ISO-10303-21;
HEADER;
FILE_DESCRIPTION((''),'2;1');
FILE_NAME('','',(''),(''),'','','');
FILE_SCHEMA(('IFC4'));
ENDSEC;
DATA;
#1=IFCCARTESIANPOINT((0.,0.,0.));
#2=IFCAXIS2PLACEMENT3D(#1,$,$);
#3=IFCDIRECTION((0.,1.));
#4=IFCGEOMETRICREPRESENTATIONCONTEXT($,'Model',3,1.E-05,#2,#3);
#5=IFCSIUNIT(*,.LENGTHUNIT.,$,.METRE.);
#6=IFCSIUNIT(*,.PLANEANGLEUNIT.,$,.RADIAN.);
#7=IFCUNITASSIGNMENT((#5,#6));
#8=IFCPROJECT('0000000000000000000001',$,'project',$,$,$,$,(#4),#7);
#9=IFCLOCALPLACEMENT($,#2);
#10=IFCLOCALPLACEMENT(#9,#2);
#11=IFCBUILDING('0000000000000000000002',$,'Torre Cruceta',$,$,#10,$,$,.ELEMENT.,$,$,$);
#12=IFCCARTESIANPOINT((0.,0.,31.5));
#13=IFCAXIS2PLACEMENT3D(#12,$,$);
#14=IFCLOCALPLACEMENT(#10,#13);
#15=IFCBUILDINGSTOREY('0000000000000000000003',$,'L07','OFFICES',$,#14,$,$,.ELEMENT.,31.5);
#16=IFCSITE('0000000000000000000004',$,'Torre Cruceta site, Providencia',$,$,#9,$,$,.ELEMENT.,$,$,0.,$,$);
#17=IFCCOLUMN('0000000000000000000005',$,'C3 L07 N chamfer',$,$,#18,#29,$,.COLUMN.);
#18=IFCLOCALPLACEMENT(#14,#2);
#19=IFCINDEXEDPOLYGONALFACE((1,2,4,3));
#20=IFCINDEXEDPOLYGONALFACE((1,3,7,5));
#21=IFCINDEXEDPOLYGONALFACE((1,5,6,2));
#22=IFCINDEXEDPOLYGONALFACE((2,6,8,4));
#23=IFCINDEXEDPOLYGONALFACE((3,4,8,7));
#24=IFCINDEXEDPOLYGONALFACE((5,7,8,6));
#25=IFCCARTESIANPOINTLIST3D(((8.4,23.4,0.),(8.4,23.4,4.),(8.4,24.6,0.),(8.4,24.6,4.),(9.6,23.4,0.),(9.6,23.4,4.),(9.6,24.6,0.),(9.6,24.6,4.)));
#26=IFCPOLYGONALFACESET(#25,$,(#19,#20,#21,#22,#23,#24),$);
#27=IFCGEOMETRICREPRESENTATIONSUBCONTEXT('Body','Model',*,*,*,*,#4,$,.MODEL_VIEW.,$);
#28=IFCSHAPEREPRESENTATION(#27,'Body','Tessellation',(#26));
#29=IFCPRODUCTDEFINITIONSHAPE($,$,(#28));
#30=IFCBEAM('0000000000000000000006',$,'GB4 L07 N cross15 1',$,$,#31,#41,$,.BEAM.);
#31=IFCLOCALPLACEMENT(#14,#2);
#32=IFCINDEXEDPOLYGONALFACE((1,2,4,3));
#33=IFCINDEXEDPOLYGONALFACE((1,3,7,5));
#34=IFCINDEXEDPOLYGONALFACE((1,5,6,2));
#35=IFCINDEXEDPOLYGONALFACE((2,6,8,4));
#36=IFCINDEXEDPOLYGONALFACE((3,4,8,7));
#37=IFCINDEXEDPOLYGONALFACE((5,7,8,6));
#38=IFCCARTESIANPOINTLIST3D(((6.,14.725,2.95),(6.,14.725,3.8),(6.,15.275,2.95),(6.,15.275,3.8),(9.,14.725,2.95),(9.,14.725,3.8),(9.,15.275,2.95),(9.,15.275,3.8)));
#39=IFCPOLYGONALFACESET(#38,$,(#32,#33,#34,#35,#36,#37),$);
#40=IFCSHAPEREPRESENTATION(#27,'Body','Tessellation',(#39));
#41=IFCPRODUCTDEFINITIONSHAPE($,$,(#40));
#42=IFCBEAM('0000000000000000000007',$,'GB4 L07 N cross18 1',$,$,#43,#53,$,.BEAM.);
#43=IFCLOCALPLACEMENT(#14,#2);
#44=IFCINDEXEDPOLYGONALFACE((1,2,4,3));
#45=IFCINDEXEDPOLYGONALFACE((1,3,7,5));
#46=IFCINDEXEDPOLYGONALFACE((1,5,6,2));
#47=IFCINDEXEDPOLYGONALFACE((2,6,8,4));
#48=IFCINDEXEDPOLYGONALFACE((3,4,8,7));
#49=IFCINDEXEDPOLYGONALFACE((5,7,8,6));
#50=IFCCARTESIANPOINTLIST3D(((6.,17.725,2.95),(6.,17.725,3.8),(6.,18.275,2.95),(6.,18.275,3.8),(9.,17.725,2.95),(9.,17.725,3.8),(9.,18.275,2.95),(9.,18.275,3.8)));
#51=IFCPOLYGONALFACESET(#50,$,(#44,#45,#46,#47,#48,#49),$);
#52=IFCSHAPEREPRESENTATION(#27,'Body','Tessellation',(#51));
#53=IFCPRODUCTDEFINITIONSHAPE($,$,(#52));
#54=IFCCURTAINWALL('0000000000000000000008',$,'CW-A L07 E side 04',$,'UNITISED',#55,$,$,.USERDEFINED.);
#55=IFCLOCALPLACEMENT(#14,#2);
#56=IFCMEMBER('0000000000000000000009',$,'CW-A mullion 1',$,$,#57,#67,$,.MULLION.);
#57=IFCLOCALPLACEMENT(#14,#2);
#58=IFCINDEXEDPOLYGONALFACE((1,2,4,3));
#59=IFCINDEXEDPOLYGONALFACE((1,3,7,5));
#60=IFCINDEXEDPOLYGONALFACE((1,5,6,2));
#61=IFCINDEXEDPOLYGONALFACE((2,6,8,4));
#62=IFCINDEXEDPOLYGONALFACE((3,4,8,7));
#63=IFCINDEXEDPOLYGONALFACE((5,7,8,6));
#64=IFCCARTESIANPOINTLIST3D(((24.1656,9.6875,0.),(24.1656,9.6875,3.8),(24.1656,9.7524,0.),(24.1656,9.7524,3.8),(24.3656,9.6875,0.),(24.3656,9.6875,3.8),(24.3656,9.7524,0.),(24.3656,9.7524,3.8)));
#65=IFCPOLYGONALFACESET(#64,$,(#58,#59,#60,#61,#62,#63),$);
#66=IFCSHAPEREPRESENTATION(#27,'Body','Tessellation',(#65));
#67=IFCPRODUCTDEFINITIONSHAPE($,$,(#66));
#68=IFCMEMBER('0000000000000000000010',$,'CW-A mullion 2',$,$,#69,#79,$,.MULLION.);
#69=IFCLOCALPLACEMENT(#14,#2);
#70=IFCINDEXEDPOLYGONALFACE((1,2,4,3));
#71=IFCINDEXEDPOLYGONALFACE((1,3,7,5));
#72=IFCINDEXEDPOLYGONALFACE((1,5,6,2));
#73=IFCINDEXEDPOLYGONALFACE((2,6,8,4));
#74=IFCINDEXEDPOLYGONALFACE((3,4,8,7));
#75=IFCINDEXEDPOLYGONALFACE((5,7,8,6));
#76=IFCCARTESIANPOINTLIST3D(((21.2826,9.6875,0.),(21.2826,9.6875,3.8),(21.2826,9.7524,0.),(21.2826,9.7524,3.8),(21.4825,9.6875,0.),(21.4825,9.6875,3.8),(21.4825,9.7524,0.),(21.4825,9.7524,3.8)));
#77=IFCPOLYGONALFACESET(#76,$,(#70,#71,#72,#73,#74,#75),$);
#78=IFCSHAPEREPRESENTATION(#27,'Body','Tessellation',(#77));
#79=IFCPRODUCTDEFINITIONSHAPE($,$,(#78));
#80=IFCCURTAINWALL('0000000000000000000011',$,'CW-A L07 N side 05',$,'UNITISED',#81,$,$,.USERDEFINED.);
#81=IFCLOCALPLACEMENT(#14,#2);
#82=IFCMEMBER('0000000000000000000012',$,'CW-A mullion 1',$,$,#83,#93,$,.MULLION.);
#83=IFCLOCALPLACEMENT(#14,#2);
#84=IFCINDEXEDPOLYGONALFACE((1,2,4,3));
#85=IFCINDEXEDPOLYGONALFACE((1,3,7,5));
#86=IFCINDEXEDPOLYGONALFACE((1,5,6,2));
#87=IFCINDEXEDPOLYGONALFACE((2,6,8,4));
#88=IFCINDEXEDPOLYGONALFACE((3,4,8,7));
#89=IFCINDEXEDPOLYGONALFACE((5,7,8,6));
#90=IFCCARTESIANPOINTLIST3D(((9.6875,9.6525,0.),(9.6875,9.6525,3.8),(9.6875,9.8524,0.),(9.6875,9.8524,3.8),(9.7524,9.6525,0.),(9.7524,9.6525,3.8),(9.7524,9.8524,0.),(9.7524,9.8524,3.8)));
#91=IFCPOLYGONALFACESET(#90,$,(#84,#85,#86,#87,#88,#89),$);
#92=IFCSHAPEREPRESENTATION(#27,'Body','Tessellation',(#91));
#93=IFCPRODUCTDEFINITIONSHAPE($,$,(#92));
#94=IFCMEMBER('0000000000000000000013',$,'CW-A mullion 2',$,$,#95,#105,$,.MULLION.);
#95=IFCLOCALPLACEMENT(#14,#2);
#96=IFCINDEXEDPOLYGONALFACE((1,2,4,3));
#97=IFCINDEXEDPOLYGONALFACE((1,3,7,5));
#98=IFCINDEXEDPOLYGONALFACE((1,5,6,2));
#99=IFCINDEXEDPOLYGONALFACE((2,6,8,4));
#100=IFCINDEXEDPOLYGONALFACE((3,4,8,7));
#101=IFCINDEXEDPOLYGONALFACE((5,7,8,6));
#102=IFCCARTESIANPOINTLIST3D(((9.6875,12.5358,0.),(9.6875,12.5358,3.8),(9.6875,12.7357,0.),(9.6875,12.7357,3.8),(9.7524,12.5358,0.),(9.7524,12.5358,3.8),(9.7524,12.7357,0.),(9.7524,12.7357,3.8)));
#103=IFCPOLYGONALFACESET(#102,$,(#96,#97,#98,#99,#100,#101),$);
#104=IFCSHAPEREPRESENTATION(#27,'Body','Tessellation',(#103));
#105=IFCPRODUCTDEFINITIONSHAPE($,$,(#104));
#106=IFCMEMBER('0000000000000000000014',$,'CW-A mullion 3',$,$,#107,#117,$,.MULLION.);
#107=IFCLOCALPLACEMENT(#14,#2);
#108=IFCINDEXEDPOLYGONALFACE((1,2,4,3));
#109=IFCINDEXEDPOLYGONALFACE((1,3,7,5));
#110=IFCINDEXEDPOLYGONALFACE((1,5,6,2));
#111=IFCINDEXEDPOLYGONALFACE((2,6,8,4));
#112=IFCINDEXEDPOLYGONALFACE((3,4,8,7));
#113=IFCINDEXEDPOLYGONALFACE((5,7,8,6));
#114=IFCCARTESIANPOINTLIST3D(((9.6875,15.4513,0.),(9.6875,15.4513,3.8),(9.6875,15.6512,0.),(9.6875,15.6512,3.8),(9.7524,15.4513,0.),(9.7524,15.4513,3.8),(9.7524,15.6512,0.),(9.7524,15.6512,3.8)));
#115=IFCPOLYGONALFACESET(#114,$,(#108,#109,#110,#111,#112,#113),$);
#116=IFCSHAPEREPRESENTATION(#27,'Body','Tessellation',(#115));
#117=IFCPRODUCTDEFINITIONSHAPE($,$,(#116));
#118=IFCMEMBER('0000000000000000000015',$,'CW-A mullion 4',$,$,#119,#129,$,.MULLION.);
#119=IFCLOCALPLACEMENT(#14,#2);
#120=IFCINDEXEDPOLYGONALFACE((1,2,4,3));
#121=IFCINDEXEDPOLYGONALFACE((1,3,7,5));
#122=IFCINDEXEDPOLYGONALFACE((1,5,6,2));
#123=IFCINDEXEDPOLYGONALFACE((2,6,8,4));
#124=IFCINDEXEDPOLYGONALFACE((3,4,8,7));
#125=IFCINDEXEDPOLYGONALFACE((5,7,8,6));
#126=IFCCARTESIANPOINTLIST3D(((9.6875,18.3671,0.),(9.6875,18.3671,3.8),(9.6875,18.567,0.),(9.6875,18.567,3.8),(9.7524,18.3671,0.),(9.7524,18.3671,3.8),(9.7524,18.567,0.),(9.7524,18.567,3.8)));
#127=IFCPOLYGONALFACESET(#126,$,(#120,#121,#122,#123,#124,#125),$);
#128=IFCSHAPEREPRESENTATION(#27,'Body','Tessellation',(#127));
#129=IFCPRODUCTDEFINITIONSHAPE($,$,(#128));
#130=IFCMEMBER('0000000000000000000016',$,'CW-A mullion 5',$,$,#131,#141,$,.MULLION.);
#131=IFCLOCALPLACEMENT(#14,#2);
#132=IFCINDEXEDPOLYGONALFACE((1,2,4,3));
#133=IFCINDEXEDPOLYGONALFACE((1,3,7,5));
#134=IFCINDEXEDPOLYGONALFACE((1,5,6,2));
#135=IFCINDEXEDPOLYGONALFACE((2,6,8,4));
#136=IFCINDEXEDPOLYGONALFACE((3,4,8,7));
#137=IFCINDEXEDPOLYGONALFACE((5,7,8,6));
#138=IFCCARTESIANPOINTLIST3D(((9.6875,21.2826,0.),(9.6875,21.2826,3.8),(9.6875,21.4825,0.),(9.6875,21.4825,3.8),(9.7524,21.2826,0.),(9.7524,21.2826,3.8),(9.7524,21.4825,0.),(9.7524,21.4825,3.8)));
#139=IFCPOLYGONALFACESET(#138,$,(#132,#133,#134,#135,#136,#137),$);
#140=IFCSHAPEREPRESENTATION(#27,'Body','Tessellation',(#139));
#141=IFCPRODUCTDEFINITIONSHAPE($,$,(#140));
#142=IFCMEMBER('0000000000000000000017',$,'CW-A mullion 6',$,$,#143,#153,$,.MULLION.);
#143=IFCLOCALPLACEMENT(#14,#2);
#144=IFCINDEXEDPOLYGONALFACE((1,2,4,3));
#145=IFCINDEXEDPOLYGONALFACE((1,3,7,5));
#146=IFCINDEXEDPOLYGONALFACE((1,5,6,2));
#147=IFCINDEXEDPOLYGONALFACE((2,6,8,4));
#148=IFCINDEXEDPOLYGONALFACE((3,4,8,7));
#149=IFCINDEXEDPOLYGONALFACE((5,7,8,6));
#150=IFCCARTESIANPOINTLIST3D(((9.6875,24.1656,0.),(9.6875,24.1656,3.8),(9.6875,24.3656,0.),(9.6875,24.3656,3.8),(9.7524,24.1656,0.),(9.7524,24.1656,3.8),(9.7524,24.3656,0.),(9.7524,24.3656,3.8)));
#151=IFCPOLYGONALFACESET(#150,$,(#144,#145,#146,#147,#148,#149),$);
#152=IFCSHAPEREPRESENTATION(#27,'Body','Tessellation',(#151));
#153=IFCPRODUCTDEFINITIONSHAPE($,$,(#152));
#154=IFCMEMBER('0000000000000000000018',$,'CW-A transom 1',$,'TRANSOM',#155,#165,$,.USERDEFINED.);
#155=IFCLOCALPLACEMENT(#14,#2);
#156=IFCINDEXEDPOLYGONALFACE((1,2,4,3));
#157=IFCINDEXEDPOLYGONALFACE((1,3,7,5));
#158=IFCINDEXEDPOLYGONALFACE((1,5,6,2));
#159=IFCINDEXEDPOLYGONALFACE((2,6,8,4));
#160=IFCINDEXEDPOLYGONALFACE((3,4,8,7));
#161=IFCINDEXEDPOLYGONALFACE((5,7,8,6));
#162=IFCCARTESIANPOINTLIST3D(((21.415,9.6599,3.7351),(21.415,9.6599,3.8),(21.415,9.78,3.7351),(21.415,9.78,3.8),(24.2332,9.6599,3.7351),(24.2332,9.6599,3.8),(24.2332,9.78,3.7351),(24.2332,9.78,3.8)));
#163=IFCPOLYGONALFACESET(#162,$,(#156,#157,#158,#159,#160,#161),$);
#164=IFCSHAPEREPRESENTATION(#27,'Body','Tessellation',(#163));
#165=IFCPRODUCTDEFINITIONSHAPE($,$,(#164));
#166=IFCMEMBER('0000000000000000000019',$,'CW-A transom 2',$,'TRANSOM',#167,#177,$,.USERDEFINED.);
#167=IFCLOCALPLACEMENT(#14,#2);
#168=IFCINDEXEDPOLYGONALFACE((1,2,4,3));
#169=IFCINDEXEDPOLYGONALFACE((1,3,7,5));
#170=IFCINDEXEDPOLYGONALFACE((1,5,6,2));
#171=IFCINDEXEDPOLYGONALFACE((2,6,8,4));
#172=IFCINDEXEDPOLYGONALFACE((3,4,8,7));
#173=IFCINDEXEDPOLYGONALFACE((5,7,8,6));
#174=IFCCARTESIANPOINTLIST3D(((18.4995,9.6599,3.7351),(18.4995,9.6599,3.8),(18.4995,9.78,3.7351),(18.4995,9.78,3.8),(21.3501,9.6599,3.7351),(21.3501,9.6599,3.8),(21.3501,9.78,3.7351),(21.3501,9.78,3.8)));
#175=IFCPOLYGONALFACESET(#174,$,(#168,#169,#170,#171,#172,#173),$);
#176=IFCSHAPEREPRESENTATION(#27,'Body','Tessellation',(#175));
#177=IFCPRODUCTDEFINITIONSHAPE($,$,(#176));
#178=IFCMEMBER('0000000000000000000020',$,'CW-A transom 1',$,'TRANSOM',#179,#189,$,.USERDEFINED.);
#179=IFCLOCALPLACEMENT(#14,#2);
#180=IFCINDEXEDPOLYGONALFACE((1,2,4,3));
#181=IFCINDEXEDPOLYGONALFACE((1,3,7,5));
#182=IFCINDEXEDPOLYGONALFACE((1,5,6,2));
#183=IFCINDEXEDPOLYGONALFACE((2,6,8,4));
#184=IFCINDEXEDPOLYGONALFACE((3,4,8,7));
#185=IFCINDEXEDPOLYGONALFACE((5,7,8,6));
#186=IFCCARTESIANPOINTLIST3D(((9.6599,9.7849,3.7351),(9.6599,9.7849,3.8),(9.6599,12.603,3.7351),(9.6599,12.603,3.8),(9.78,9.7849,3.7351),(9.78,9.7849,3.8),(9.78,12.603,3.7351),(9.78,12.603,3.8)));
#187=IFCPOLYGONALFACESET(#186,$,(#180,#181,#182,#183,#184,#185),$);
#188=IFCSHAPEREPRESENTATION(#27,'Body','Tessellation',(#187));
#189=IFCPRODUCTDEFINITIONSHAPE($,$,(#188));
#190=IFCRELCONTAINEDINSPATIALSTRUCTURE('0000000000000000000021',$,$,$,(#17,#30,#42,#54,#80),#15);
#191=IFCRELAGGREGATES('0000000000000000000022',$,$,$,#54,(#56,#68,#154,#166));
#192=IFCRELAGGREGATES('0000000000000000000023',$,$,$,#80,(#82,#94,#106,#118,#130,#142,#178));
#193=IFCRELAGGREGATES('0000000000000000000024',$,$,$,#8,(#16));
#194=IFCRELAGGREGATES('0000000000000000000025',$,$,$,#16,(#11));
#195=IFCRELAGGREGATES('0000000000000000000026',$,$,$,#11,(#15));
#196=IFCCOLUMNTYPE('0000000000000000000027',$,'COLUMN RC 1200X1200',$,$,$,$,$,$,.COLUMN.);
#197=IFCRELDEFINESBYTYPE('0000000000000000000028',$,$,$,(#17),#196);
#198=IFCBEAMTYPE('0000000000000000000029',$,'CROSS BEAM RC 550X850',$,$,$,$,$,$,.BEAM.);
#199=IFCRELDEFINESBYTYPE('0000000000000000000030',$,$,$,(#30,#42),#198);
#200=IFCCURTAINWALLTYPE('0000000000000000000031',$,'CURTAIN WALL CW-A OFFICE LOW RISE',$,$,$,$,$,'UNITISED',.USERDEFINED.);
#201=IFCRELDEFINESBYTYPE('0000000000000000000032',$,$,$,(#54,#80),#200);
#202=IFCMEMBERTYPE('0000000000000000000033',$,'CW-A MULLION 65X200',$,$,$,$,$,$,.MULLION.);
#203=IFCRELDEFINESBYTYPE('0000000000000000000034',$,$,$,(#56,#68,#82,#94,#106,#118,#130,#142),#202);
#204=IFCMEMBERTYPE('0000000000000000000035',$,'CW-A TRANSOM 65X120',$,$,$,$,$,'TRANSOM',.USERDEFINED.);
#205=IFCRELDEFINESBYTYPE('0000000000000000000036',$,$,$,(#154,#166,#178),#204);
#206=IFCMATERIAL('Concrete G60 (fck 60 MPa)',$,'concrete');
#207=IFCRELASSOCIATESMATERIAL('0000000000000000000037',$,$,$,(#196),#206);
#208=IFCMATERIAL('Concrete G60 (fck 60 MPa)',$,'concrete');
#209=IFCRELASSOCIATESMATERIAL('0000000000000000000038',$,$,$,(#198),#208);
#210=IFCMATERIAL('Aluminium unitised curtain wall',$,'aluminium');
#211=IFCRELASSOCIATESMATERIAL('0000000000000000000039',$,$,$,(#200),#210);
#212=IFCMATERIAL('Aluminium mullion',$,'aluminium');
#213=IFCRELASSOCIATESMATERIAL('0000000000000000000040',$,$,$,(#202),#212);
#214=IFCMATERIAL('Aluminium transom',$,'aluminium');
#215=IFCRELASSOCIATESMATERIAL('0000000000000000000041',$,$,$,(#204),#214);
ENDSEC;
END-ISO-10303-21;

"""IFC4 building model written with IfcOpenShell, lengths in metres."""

from ifc_helpers import new_model, si_unit, direction, frame, origin, origin_2d, place, context, subcontext, project, spatial, rectangle, extrude, material, material_profile, profile_set, type_object, element, aggregate, save


model = new_model("IFC4")

# Units and contexts
model_context = context("Model", 3, precision=1e-05, world=origin(), true_north=direction((0.0, 1.0)))
body_context = subcontext(model_context, "Body", "Model", "MODEL_VIEW")
ifc_project = project(units=[si_unit("LENGTHUNIT", "METRE"), si_unit("PLANEANGLEUNIT", "RADIAN")], contexts=[model_context])

# Site, building, storey
site_placement = place(None, origin())
site = spatial("IfcSite", under=ifc_project, at=site_placement, Name="Torre Cruceta site, Providencia", CompositionType="ELEMENT", RefElevation=0.0)
building_placement = place(site_placement, origin())
building = spatial("IfcBuilding", under=site, at=building_placement, Name="Torre Cruceta", CompositionType="ELEMENT")
storey_placement = place(building_placement, frame((0.0, 0.0, 31.5)))
storey = spatial("IfcBuildingStorey", under=building, at=storey_placement, Name="L07", Description="OFFICES", CompositionType="ELEMENT", Elevation=31.5)

# Column
ifc_material_1 = material(Name="Concrete G60 (fck 60 MPa)", Category="concrete")
ifc_material_profile_1 = material_profile(ifc_material_1, rectangle(XDim=1.2, YDim=1.2, at=origin_2d()), Name="RC 1200X1200")
ifc_profile_set_1 = profile_set([ifc_material_profile_1], Name="Concrete G60 (fck 60 MPa)")
column_type = type_object("IfcColumnType", Name="COLUMN RC 1200X1200", PredefinedType="COLUMN", material=ifc_profile_set_1)
column_placement = place(storey_placement, frame((9.0, 24.0, 0.0), z_axis=(0.0, 0.0, 1.0), x_axis=(1.0, 0.0, 0.0)))
element("IfcColumn", 1, at=column_placement, inside=storey, type_object=column_type, Name="C3 L07 N chamfer", PredefinedType="COLUMN", context=body_context, shape_type="SweptSolid", body=[
    extrude(rectangle(XDim=1.2, YDim=1.2, at=origin_2d()), origin(), (0.0, 0.0, 1.0), 4.0),
])

# Beams
ifc_material_2 = material(Name="Concrete G60 (fck 60 MPa)", Category="concrete")
ifc_material_profile_2 = material_profile(ifc_material_2, rectangle(XDim=0.55, YDim=0.8501, at=origin_2d()), Name="RC 550X850")
ifc_profile_set_2 = profile_set([ifc_material_profile_2], Name="Concrete G60 (fck 60 MPa)")
beam_type_1 = type_object("IfcBeamType", Name="CROSS BEAM RC 550X850", PredefinedType="BEAM", material=ifc_profile_set_2)
for number, where, z_axis, x_axis, name in (
    (2, (9.0, 15.0, 3.375), (-1.0, 0.0, 0.0), (0.0, -1.0, 0.0), "GB4 L07 N cross15 1"),
    (3, (9.0, 18.0, 3.375), (-1.0, 0.0, 0.0), (0.0, -1.0, 0.0), "GB4 L07 N cross18 1"),
):
    element("IfcBeam", number, at=place(storey_placement, frame(where, z_axis=z_axis, x_axis=x_axis)), inside=storey, type_object=beam_type_1, Name=name, PredefinedType="BEAM", context=body_context, shape_type="SweptSolid", body=[
        extrude(rectangle(XDim=0.55, YDim=0.8501, at=origin_2d()), origin(), (0.0, 0.0, 1.0), 3.0),
    ])

# Curtain walls, members
ifc_material_3 = material(Name="Aluminium unitised curtain wall", Category="aluminium")
curtain_wall_type = type_object("IfcCurtainWallType", Name="CURTAIN WALL CW-A OFFICE LOW RISE", ElementType="UNITISED", PredefinedType="USERDEFINED", material=ifc_material_3)
curtain_wall_1_placement = place(storey_placement, origin())
curtain_wall_1 = element("IfcCurtainWall", 4, at=curtain_wall_1_placement, inside=storey, type_object=curtain_wall_type, Name="CW-A L07 E side 04", ObjectType="UNITISED", PredefinedType="USERDEFINED")
ifc_material_4 = material(Name="Aluminium mullion", Category="aluminium")
ifc_material_profile_3 = material_profile(ifc_material_4, rectangle(XDim=0.0649, YDim=0.2, at=origin_2d()), Name="AL 65X200")
ifc_profile_set_3 = profile_set([ifc_material_profile_3], Name="Aluminium mullion")
member_type_1 = type_object("IfcMemberType", Name="CW-A MULLION 65X200", PredefinedType="MULLION", material=ifc_profile_set_3)
member_1_placement = place(storey_placement, frame((24.2656, 9.72, 0.0), z_axis=(0.0, 0.0, 1.0), x_axis=(0.0, -1.0, 0.0)))
member_1 = element("IfcMember", 5, at=member_1_placement, type_object=member_type_1, Name="CW-A mullion 1", PredefinedType="MULLION", context=body_context, shape_type="SweptSolid", body=[
    extrude(rectangle(XDim=0.0649, YDim=0.2, at=origin_2d()), origin(), (0.0, 0.0, 1.0), 3.8),
])
member_2_placement = place(storey_placement, frame((21.3826, 9.72, 0.0), z_axis=(0.0, 0.0, 1.0), x_axis=(0.0, -1.0, 0.0)))
member_2 = element("IfcMember", 6, at=member_2_placement, type_object=member_type_1, Name="CW-A mullion 2", PredefinedType="MULLION", context=body_context, shape_type="SweptSolid", body=[
    extrude(rectangle(XDim=0.0649, YDim=0.2, at=origin_2d()), origin(), (0.0, 0.0, 1.0), 3.8),
])
curtain_wall_2_placement = place(storey_placement, origin())
curtain_wall_2 = element("IfcCurtainWall", 7, at=curtain_wall_2_placement, inside=storey, type_object=curtain_wall_type, Name="CW-A L07 N side 05", ObjectType="UNITISED", PredefinedType="USERDEFINED")
member_3_placement = place(storey_placement, frame((9.72, 9.7524, 0.0), z_axis=(0.0, 0.0, 1.0), x_axis=(-1.0, 0.0, 0.0)))
member_3 = element("IfcMember", 8, at=member_3_placement, type_object=member_type_1, Name="CW-A mullion 1", PredefinedType="MULLION", context=body_context, shape_type="SweptSolid", body=[
    extrude(rectangle(XDim=0.0649, YDim=0.2, at=origin_2d()), origin(), (0.0, 0.0, 1.0), 3.8),
])
member_4_placement = place(storey_placement, frame((9.72, 12.6357, 0.0), z_axis=(0.0, 0.0, 1.0), x_axis=(-1.0, 0.0, 0.0)))
member_4 = element("IfcMember", 9, at=member_4_placement, type_object=member_type_1, Name="CW-A mullion 2", PredefinedType="MULLION", context=body_context, shape_type="SweptSolid", body=[
    extrude(rectangle(XDim=0.0649, YDim=0.2, at=origin_2d()), origin(), (0.0, 0.0, 1.0), 3.8),
])
member_5_placement = place(storey_placement, frame((9.72, 15.5513, 0.0), z_axis=(0.0, 0.0, 1.0), x_axis=(-1.0, 0.0, 0.0)))
member_5 = element("IfcMember", 10, at=member_5_placement, type_object=member_type_1, Name="CW-A mullion 3", PredefinedType="MULLION", context=body_context, shape_type="SweptSolid", body=[
    extrude(rectangle(XDim=0.0649, YDim=0.2, at=origin_2d()), origin(), (0.0, 0.0, 1.0), 3.8),
])
member_6_placement = place(storey_placement, frame((9.72, 18.467, 0.0), z_axis=(0.0, 0.0, 1.0), x_axis=(-1.0, 0.0, 0.0)))
member_6 = element("IfcMember", 11, at=member_6_placement, type_object=member_type_1, Name="CW-A mullion 4", PredefinedType="MULLION", context=body_context, shape_type="SweptSolid", body=[
    extrude(rectangle(XDim=0.0649, YDim=0.2, at=origin_2d()), origin(), (0.0, 0.0, 1.0), 3.8),
])
member_7_placement = place(storey_placement, frame((9.72, 21.3826, 0.0), z_axis=(0.0, 0.0, 1.0), x_axis=(-1.0, 0.0, 0.0)))
member_7 = element("IfcMember", 12, at=member_7_placement, type_object=member_type_1, Name="CW-A mullion 5", PredefinedType="MULLION", context=body_context, shape_type="SweptSolid", body=[
    extrude(rectangle(XDim=0.0649, YDim=0.2, at=origin_2d()), origin(), (0.0, 0.0, 1.0), 3.8),
])
member_8_placement = place(storey_placement, frame((9.72, 24.2656, 0.0), z_axis=(0.0, 0.0, 1.0), x_axis=(-1.0, 0.0, 0.0)))
member_8 = element("IfcMember", 13, at=member_8_placement, type_object=member_type_1, Name="CW-A mullion 6", PredefinedType="MULLION", context=body_context, shape_type="SweptSolid", body=[
    extrude(rectangle(XDim=0.0649, YDim=0.2, at=origin_2d()), origin(), (0.0, 0.0, 1.0), 3.8),
])

# Members
ifc_material_5 = material(Name="Aluminium transom", Category="aluminium")
ifc_material_profile_4 = material_profile(ifc_material_5, rectangle(XDim=0.1201, YDim=0.0649, at=origin_2d()), Name="AL 120X65")
ifc_profile_set_4 = profile_set([ifc_material_profile_4], Name="Aluminium transom")
member_type_2 = type_object("IfcMemberType", Name="CW-A TRANSOM 65X120", ElementType="TRANSOM", PredefinedType="USERDEFINED", material=ifc_profile_set_4)
member_9_placement = place(storey_placement, frame((24.2332, 9.72, 3.7676), z_axis=(-1.0, 0.0, 0.0), x_axis=(0.0, -1.0, 0.0)))
member_9 = element("IfcMember", 14, at=member_9_placement, type_object=member_type_2, Name="CW-A transom 1", ObjectType="TRANSOM", PredefinedType="USERDEFINED", context=body_context, shape_type="SweptSolid", body=[
    extrude(rectangle(XDim=0.1201, YDim=0.0649, at=origin_2d()), origin(), (0.0, 0.0, 1.0), 2.8181),
])
member_10_placement = place(storey_placement, frame((21.3501, 9.72, 3.7676), z_axis=(-1.0, 0.0, 0.0), x_axis=(0.0, -1.0, 0.0)))
member_10 = element("IfcMember", 15, at=member_10_placement, type_object=member_type_2, Name="CW-A transom 2", ObjectType="TRANSOM", PredefinedType="USERDEFINED", context=body_context, shape_type="SweptSolid", body=[
    extrude(rectangle(XDim=0.1201, YDim=0.0649, at=origin_2d()), origin(), (0.0, 0.0, 1.0), 2.8506),
])
member_11_placement = place(storey_placement, frame((9.72, 9.7849, 3.7676), z_axis=(0.0, 1.0, 0.0), x_axis=(-1.0, 0.0, 0.0)))
member_11 = element("IfcMember", 16, at=member_11_placement, type_object=member_type_2, Name="CW-A transom 1", ObjectType="TRANSOM", PredefinedType="USERDEFINED", context=body_context, shape_type="SweptSolid", body=[
    extrude(rectangle(XDim=0.1201, YDim=0.0649, at=origin_2d()), origin(), (0.0, 0.0, 1.0), 2.8181),
])

aggregate(curtain_wall_1, [member_1, member_2, member_9, member_10])
aggregate(curtain_wall_2, [member_3, member_4, member_5, member_6, member_7, member_8, member_11])

save(model, "model.ifc")
